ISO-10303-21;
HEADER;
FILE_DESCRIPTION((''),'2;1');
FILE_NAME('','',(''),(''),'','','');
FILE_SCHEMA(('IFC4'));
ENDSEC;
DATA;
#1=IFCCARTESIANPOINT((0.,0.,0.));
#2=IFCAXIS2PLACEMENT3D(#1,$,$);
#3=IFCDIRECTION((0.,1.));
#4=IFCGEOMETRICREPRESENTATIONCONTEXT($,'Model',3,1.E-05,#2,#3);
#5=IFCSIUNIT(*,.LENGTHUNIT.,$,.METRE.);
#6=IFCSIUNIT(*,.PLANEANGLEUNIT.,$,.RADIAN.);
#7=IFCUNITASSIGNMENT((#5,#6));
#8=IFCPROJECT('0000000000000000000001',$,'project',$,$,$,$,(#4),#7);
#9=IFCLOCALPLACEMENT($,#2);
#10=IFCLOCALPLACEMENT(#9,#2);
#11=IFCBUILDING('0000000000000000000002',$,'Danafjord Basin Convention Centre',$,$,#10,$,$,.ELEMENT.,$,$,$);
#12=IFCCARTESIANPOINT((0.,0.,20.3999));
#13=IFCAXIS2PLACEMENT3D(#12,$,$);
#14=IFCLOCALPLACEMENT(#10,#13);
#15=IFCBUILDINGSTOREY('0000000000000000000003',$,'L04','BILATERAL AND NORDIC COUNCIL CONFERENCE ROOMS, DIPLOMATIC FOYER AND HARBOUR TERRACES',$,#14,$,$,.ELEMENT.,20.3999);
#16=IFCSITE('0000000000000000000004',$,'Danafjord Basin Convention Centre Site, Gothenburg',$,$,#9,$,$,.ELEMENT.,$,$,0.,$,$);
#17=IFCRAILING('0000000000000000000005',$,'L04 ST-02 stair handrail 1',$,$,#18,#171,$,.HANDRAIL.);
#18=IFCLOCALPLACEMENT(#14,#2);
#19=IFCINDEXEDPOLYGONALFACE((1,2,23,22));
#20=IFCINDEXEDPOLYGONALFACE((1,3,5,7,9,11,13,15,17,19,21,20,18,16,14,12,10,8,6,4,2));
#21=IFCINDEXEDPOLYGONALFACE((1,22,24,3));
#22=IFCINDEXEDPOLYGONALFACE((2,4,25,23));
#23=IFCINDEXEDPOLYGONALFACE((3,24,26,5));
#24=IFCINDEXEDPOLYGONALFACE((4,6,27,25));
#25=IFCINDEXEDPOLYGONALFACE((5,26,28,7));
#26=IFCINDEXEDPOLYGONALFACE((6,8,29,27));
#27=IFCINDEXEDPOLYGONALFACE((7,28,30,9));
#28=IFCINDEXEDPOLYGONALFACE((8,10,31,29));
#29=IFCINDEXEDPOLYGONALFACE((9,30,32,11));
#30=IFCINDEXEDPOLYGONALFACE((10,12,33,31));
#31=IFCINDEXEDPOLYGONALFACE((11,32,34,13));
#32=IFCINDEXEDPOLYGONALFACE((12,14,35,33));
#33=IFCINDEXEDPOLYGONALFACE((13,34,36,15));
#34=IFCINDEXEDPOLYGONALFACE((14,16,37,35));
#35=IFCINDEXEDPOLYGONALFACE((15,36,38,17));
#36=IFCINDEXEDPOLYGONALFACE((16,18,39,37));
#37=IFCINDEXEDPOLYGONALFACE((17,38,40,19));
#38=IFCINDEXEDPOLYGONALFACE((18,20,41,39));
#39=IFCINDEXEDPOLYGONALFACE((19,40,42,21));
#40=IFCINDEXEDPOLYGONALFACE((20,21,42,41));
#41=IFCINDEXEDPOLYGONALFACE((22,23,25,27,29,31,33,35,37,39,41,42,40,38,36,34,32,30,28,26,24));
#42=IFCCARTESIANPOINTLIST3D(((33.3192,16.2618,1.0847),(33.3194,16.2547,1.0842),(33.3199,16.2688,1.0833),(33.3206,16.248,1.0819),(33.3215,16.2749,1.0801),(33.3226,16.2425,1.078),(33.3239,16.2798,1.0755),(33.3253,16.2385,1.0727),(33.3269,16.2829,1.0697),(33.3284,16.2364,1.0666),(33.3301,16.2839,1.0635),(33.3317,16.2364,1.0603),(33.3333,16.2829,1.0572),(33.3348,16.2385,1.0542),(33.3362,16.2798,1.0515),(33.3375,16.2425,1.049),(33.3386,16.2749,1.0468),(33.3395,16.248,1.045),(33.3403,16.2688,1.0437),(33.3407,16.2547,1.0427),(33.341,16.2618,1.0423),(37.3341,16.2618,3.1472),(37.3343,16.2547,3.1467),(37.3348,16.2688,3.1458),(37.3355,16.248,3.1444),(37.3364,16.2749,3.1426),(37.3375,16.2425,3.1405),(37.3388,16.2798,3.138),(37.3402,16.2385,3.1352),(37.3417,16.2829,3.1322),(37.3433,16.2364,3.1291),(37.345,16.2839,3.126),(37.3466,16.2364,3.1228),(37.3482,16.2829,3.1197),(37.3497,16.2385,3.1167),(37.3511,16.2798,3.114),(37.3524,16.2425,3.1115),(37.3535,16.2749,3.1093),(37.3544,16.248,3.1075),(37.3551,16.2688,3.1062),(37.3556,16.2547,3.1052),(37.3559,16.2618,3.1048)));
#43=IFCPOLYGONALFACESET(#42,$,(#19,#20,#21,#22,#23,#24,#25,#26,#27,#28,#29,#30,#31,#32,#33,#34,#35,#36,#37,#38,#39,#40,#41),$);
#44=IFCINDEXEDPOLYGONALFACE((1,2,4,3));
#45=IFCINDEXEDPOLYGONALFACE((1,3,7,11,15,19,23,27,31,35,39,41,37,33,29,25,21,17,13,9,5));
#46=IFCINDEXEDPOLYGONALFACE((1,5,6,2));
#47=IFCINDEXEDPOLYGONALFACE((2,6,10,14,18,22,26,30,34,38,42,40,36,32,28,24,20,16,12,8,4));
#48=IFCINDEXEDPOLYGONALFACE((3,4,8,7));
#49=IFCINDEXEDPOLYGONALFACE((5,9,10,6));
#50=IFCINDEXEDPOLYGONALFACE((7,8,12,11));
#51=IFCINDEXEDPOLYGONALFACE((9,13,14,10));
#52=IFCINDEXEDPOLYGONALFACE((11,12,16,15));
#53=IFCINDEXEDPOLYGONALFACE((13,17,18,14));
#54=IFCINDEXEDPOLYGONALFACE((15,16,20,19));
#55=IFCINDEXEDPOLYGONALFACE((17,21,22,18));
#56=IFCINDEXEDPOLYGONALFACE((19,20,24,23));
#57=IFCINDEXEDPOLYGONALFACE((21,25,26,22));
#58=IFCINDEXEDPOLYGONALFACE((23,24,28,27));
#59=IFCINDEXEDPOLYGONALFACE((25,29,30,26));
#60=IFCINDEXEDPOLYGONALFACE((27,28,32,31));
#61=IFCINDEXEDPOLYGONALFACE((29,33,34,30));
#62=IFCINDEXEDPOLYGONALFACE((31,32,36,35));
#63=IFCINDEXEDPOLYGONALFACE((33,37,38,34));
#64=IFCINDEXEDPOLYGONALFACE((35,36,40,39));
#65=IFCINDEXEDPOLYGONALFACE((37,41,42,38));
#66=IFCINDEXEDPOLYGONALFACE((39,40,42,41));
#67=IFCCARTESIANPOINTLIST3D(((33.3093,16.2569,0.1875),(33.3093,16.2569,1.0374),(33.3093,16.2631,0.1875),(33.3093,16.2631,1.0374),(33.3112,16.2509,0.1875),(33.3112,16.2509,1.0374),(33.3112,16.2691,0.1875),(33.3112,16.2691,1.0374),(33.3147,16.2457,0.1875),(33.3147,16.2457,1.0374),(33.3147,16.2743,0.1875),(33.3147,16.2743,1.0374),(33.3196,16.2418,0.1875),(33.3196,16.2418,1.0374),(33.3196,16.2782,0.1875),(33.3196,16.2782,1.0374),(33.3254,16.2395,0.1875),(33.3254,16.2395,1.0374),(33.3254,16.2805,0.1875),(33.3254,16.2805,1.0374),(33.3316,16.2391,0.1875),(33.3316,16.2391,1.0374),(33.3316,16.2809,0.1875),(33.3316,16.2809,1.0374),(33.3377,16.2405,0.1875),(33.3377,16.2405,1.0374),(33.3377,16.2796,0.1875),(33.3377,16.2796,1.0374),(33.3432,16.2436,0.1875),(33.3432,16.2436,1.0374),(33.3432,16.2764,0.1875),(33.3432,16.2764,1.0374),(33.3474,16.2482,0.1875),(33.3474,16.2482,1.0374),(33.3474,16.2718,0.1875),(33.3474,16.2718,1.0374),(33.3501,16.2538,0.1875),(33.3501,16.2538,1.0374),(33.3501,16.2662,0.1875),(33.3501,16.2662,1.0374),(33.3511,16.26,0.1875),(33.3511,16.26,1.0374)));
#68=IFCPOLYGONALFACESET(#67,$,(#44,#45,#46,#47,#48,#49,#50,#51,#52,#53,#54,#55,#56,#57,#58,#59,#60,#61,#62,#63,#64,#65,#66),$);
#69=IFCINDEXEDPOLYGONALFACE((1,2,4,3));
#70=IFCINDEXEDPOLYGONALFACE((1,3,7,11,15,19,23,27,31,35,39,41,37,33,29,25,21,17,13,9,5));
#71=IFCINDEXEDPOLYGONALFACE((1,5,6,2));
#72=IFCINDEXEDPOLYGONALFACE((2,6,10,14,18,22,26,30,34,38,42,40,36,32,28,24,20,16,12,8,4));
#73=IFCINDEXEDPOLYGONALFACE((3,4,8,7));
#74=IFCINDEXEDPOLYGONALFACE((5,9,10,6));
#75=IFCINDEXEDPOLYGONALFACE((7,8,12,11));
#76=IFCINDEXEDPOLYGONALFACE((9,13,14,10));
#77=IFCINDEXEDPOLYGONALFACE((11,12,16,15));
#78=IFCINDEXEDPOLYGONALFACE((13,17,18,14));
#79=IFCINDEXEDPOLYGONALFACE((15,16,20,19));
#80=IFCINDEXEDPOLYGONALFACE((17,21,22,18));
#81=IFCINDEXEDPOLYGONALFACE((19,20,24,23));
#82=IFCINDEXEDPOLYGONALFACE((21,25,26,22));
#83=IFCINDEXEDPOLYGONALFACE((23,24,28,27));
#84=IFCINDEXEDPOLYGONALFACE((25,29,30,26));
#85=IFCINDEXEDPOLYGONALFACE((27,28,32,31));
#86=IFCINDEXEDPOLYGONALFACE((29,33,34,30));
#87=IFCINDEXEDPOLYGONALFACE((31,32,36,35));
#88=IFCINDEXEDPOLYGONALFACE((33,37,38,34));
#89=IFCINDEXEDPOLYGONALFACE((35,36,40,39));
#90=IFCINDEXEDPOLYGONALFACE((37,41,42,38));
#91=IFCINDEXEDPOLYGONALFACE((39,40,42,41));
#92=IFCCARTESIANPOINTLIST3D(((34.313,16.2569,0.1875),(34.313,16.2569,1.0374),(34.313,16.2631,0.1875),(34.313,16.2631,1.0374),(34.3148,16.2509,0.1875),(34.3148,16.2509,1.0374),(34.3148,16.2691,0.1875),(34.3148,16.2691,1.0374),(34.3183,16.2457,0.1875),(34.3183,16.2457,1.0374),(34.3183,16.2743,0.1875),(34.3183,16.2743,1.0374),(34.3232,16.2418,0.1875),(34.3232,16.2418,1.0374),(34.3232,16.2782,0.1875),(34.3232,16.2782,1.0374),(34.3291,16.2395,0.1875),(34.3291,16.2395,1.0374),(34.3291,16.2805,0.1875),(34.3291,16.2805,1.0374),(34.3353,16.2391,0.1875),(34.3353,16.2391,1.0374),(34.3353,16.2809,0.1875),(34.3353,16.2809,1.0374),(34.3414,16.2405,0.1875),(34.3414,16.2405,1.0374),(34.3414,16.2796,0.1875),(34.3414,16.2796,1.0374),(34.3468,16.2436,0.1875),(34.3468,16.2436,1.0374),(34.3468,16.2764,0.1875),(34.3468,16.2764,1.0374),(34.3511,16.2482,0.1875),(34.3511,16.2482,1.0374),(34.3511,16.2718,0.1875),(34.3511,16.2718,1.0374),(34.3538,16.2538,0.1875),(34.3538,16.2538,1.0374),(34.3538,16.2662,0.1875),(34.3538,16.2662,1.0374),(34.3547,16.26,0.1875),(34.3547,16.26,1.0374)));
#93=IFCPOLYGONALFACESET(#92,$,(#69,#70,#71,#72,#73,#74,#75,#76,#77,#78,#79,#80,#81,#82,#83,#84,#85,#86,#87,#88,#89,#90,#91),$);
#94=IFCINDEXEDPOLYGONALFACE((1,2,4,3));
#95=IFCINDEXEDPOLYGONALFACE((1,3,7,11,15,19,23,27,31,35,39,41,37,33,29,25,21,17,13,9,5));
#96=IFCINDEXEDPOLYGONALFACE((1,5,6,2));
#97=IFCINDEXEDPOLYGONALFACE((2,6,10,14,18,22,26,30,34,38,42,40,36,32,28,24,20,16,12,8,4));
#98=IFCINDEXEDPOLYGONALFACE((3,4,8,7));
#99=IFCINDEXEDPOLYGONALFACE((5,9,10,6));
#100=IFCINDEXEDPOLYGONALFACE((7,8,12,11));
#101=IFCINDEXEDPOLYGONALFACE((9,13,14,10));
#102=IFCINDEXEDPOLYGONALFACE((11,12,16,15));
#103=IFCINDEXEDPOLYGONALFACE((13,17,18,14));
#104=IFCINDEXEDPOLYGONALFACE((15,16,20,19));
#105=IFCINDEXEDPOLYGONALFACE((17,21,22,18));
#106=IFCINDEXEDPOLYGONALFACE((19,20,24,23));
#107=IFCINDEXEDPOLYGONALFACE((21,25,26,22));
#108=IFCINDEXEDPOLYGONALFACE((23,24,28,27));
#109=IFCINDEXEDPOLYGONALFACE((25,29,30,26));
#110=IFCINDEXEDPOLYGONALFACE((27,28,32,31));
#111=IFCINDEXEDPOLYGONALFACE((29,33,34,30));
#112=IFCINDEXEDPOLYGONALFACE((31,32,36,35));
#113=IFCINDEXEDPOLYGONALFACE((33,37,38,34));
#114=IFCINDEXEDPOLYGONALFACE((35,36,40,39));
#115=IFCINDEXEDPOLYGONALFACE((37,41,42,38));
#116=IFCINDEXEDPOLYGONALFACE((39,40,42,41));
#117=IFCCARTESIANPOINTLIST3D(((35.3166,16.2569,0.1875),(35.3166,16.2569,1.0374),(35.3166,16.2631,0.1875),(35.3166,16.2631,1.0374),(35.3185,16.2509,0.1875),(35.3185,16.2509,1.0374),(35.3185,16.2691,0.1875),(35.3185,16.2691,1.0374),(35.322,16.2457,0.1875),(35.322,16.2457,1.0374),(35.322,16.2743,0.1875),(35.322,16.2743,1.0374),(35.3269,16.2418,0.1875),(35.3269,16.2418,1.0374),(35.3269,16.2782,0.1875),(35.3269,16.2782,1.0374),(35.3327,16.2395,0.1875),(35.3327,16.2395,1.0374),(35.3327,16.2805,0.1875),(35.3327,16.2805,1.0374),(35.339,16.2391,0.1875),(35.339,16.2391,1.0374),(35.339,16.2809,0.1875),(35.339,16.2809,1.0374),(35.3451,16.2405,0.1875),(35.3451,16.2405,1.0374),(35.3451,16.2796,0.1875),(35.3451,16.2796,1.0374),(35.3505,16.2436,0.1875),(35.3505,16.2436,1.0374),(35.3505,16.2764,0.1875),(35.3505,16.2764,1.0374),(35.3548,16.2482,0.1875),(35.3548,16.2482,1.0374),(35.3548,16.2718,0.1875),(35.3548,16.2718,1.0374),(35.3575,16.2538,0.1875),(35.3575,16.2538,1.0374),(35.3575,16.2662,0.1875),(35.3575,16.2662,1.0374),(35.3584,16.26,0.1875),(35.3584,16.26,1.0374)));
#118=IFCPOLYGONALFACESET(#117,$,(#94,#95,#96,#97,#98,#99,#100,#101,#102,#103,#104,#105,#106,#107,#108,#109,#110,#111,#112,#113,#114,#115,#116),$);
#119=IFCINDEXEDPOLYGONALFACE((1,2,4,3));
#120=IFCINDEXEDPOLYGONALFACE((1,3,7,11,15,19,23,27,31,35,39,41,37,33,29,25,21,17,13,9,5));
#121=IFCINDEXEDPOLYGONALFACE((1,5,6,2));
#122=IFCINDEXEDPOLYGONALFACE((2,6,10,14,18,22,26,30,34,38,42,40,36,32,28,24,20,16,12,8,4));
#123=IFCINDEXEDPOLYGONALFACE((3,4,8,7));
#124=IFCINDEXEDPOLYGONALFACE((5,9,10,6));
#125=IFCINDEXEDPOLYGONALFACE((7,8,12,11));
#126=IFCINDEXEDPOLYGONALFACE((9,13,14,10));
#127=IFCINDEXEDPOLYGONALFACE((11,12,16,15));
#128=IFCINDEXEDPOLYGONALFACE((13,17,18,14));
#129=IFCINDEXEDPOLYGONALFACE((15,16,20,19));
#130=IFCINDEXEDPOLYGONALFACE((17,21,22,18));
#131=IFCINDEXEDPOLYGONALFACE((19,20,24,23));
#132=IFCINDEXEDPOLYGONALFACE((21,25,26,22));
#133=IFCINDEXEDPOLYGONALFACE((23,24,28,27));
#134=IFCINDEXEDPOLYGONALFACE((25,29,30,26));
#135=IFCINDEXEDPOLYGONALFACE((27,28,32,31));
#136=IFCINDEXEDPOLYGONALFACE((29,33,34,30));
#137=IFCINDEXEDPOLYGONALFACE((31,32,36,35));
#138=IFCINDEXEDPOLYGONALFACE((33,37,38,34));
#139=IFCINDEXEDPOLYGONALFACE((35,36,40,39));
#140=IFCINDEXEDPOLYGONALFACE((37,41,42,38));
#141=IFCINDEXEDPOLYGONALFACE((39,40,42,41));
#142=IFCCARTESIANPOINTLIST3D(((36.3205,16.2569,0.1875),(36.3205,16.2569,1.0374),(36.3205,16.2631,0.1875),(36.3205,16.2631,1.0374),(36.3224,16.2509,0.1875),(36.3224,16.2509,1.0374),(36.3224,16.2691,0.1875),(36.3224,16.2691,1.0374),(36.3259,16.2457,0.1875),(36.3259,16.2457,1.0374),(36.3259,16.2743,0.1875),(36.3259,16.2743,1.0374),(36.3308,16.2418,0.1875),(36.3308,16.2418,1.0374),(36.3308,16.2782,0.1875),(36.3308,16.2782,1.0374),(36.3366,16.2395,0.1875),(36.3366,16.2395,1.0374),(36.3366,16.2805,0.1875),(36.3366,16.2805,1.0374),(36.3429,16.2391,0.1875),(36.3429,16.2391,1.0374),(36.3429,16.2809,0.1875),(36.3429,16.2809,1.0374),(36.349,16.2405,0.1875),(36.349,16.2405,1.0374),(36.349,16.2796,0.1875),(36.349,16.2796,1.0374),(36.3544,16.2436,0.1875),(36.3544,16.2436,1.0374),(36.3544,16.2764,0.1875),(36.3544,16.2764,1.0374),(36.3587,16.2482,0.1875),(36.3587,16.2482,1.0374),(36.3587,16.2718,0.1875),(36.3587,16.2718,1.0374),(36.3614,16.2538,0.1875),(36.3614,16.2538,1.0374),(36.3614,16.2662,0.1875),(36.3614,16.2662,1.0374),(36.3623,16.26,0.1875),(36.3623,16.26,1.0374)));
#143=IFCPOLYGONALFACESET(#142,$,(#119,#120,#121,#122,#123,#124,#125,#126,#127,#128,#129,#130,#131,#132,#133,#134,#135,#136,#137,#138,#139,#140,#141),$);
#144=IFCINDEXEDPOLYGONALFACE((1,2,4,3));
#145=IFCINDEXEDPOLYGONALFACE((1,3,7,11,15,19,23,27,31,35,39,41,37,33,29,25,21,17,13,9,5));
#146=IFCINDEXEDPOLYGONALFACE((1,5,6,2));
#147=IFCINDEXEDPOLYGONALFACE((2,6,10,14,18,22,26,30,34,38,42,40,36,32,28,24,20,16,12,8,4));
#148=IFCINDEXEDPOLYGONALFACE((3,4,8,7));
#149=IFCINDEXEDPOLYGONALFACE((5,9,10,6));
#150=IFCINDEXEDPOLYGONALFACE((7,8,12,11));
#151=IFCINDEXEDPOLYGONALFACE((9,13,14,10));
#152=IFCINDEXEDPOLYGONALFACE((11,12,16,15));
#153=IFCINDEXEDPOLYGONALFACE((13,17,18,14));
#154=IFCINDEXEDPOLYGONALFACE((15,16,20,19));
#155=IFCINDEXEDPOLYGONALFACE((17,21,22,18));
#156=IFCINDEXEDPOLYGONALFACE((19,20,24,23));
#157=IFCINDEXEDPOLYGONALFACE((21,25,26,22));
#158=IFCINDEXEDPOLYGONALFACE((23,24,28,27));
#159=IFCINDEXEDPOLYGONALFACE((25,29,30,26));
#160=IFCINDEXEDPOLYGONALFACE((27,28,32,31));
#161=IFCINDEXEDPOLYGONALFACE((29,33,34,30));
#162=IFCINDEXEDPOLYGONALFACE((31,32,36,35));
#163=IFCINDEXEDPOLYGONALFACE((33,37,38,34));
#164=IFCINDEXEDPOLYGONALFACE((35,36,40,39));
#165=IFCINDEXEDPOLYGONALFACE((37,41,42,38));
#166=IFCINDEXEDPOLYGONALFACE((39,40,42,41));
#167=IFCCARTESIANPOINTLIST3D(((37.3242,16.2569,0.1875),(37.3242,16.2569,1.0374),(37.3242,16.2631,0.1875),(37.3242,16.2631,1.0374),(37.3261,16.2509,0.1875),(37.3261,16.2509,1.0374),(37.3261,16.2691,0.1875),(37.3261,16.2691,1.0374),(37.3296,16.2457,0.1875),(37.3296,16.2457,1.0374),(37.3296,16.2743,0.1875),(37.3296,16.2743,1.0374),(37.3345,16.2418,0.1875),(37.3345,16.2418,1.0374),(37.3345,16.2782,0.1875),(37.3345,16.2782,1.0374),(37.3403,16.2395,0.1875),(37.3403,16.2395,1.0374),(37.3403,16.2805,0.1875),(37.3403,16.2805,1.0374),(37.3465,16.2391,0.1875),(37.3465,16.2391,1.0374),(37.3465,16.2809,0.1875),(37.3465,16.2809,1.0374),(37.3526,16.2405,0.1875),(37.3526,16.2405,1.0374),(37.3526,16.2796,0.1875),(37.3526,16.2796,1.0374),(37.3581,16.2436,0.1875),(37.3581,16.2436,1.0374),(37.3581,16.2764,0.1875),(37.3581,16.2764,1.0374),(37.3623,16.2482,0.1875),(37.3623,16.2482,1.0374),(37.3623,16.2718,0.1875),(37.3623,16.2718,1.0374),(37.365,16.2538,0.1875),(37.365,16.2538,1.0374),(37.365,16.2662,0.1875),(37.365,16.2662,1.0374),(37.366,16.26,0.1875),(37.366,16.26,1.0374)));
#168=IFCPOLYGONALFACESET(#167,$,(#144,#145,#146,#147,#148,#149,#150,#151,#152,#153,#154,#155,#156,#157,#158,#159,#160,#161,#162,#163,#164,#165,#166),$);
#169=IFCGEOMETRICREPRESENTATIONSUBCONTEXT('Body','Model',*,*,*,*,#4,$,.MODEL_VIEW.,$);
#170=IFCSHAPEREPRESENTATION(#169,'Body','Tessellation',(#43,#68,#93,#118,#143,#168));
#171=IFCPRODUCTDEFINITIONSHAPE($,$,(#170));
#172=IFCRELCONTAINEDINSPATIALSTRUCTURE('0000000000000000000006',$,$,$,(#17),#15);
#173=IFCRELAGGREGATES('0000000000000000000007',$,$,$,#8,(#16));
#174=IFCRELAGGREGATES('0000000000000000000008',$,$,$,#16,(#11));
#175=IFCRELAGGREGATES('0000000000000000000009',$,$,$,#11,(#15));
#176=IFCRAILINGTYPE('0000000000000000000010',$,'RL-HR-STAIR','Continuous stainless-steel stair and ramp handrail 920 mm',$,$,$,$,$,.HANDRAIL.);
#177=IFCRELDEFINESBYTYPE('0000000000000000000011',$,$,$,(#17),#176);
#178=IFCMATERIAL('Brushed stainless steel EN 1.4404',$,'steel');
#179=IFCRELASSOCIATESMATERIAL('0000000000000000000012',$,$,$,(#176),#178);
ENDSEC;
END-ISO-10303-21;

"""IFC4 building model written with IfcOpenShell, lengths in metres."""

from ifc_helpers import new_model, si_unit, direction, frame, origin, origin_2d, place, context, subcontext, project, spatial, circle, extrude, material, type_object, element, save


model = new_model("IFC4")

# Units and contexts
model_context = context("Model", 3, precision=1e-05, world=origin(), true_north=direction((0.0, 1.0)))
body_context = subcontext(model_context, "Body", "Model", "MODEL_VIEW")
ifc_project = project(units=[si_unit("LENGTHUNIT", "METRE"), si_unit("PLANEANGLEUNIT", "RADIAN")], contexts=[model_context])

# Site, building, storey
site_placement = place(None, origin())
site = spatial("IfcSite", under=ifc_project, at=site_placement, Name="Danafjord Basin Convention Centre Site, Gothenburg", CompositionType="ELEMENT", RefElevation=0.0)
building_placement = place(site_placement, origin())
building = spatial("IfcBuilding", under=site, at=building_placement, Name="Danafjord Basin Convention Centre", CompositionType="ELEMENT")
storey_placement = place(building_placement, frame((0.0, 0.0, 20.3999)))
storey = spatial("IfcBuildingStorey", under=building, at=storey_placement, Name="L04", Description="BILATERAL AND NORDIC COUNCIL CONFERENCE ROOMS, DIPLOMATIC FOYER AND HARBOUR TERRACES", CompositionType="ELEMENT", Elevation=20.3999)

# Railing
ifc_material_1 = material(Name="Brushed stainless steel EN 1.4404", Category="steel")
railing_type_1 = type_object("IfcRailingType", Name="RL-HR-STAIR", Description="Continuous stainless-steel stair and ramp handrail 920 mm", PredefinedType="HANDRAIL", material=ifc_material_1)
railing_1_placement = place(storey_placement, frame((33.3301, 16.26, 0.1875)))
element("IfcRailing", 1, at=railing_1_placement, inside=storey, type_object=railing_type_1, Name="L04 ST-02 stair handrail 1", PredefinedType="HANDRAIL", context=body_context, shape_type="SweptSolid", body=[
    extrude(circle(Radius=0.0239, at=origin_2d()), frame((0.0, 0.0, 0.876), z_axis=(0.889495, 0.0, 0.456945), x_axis=(0.0, 1.0, 0.0)), (0.0, 0.0, 1.0), 4.5137),
    extrude(circle(Radius=0.021, at=origin_2d()), origin(), (0.0, 0.0, 1.0), 0.8499),
    extrude(circle(Radius=0.021, at=origin_2d()), frame((1.0037, 0.0, 0.0)), (0.0, 0.0, 1.0), 0.8499),
    extrude(circle(Radius=0.021, at=origin_2d()), frame((2.0073, 0.0, 0.0)), (0.0, 0.0, 1.0), 0.8499),
    extrude(circle(Radius=0.021, at=origin_2d()), frame((3.0112, 0.0, 0.0)), (0.0, 0.0, 1.0), 0.8499),
    extrude(circle(Radius=0.021, at=origin_2d()), frame((4.0149, 0.0, 0.0)), (0.0, 0.0, 1.0), 0.8499),
])

save(model, "model.ifc")
